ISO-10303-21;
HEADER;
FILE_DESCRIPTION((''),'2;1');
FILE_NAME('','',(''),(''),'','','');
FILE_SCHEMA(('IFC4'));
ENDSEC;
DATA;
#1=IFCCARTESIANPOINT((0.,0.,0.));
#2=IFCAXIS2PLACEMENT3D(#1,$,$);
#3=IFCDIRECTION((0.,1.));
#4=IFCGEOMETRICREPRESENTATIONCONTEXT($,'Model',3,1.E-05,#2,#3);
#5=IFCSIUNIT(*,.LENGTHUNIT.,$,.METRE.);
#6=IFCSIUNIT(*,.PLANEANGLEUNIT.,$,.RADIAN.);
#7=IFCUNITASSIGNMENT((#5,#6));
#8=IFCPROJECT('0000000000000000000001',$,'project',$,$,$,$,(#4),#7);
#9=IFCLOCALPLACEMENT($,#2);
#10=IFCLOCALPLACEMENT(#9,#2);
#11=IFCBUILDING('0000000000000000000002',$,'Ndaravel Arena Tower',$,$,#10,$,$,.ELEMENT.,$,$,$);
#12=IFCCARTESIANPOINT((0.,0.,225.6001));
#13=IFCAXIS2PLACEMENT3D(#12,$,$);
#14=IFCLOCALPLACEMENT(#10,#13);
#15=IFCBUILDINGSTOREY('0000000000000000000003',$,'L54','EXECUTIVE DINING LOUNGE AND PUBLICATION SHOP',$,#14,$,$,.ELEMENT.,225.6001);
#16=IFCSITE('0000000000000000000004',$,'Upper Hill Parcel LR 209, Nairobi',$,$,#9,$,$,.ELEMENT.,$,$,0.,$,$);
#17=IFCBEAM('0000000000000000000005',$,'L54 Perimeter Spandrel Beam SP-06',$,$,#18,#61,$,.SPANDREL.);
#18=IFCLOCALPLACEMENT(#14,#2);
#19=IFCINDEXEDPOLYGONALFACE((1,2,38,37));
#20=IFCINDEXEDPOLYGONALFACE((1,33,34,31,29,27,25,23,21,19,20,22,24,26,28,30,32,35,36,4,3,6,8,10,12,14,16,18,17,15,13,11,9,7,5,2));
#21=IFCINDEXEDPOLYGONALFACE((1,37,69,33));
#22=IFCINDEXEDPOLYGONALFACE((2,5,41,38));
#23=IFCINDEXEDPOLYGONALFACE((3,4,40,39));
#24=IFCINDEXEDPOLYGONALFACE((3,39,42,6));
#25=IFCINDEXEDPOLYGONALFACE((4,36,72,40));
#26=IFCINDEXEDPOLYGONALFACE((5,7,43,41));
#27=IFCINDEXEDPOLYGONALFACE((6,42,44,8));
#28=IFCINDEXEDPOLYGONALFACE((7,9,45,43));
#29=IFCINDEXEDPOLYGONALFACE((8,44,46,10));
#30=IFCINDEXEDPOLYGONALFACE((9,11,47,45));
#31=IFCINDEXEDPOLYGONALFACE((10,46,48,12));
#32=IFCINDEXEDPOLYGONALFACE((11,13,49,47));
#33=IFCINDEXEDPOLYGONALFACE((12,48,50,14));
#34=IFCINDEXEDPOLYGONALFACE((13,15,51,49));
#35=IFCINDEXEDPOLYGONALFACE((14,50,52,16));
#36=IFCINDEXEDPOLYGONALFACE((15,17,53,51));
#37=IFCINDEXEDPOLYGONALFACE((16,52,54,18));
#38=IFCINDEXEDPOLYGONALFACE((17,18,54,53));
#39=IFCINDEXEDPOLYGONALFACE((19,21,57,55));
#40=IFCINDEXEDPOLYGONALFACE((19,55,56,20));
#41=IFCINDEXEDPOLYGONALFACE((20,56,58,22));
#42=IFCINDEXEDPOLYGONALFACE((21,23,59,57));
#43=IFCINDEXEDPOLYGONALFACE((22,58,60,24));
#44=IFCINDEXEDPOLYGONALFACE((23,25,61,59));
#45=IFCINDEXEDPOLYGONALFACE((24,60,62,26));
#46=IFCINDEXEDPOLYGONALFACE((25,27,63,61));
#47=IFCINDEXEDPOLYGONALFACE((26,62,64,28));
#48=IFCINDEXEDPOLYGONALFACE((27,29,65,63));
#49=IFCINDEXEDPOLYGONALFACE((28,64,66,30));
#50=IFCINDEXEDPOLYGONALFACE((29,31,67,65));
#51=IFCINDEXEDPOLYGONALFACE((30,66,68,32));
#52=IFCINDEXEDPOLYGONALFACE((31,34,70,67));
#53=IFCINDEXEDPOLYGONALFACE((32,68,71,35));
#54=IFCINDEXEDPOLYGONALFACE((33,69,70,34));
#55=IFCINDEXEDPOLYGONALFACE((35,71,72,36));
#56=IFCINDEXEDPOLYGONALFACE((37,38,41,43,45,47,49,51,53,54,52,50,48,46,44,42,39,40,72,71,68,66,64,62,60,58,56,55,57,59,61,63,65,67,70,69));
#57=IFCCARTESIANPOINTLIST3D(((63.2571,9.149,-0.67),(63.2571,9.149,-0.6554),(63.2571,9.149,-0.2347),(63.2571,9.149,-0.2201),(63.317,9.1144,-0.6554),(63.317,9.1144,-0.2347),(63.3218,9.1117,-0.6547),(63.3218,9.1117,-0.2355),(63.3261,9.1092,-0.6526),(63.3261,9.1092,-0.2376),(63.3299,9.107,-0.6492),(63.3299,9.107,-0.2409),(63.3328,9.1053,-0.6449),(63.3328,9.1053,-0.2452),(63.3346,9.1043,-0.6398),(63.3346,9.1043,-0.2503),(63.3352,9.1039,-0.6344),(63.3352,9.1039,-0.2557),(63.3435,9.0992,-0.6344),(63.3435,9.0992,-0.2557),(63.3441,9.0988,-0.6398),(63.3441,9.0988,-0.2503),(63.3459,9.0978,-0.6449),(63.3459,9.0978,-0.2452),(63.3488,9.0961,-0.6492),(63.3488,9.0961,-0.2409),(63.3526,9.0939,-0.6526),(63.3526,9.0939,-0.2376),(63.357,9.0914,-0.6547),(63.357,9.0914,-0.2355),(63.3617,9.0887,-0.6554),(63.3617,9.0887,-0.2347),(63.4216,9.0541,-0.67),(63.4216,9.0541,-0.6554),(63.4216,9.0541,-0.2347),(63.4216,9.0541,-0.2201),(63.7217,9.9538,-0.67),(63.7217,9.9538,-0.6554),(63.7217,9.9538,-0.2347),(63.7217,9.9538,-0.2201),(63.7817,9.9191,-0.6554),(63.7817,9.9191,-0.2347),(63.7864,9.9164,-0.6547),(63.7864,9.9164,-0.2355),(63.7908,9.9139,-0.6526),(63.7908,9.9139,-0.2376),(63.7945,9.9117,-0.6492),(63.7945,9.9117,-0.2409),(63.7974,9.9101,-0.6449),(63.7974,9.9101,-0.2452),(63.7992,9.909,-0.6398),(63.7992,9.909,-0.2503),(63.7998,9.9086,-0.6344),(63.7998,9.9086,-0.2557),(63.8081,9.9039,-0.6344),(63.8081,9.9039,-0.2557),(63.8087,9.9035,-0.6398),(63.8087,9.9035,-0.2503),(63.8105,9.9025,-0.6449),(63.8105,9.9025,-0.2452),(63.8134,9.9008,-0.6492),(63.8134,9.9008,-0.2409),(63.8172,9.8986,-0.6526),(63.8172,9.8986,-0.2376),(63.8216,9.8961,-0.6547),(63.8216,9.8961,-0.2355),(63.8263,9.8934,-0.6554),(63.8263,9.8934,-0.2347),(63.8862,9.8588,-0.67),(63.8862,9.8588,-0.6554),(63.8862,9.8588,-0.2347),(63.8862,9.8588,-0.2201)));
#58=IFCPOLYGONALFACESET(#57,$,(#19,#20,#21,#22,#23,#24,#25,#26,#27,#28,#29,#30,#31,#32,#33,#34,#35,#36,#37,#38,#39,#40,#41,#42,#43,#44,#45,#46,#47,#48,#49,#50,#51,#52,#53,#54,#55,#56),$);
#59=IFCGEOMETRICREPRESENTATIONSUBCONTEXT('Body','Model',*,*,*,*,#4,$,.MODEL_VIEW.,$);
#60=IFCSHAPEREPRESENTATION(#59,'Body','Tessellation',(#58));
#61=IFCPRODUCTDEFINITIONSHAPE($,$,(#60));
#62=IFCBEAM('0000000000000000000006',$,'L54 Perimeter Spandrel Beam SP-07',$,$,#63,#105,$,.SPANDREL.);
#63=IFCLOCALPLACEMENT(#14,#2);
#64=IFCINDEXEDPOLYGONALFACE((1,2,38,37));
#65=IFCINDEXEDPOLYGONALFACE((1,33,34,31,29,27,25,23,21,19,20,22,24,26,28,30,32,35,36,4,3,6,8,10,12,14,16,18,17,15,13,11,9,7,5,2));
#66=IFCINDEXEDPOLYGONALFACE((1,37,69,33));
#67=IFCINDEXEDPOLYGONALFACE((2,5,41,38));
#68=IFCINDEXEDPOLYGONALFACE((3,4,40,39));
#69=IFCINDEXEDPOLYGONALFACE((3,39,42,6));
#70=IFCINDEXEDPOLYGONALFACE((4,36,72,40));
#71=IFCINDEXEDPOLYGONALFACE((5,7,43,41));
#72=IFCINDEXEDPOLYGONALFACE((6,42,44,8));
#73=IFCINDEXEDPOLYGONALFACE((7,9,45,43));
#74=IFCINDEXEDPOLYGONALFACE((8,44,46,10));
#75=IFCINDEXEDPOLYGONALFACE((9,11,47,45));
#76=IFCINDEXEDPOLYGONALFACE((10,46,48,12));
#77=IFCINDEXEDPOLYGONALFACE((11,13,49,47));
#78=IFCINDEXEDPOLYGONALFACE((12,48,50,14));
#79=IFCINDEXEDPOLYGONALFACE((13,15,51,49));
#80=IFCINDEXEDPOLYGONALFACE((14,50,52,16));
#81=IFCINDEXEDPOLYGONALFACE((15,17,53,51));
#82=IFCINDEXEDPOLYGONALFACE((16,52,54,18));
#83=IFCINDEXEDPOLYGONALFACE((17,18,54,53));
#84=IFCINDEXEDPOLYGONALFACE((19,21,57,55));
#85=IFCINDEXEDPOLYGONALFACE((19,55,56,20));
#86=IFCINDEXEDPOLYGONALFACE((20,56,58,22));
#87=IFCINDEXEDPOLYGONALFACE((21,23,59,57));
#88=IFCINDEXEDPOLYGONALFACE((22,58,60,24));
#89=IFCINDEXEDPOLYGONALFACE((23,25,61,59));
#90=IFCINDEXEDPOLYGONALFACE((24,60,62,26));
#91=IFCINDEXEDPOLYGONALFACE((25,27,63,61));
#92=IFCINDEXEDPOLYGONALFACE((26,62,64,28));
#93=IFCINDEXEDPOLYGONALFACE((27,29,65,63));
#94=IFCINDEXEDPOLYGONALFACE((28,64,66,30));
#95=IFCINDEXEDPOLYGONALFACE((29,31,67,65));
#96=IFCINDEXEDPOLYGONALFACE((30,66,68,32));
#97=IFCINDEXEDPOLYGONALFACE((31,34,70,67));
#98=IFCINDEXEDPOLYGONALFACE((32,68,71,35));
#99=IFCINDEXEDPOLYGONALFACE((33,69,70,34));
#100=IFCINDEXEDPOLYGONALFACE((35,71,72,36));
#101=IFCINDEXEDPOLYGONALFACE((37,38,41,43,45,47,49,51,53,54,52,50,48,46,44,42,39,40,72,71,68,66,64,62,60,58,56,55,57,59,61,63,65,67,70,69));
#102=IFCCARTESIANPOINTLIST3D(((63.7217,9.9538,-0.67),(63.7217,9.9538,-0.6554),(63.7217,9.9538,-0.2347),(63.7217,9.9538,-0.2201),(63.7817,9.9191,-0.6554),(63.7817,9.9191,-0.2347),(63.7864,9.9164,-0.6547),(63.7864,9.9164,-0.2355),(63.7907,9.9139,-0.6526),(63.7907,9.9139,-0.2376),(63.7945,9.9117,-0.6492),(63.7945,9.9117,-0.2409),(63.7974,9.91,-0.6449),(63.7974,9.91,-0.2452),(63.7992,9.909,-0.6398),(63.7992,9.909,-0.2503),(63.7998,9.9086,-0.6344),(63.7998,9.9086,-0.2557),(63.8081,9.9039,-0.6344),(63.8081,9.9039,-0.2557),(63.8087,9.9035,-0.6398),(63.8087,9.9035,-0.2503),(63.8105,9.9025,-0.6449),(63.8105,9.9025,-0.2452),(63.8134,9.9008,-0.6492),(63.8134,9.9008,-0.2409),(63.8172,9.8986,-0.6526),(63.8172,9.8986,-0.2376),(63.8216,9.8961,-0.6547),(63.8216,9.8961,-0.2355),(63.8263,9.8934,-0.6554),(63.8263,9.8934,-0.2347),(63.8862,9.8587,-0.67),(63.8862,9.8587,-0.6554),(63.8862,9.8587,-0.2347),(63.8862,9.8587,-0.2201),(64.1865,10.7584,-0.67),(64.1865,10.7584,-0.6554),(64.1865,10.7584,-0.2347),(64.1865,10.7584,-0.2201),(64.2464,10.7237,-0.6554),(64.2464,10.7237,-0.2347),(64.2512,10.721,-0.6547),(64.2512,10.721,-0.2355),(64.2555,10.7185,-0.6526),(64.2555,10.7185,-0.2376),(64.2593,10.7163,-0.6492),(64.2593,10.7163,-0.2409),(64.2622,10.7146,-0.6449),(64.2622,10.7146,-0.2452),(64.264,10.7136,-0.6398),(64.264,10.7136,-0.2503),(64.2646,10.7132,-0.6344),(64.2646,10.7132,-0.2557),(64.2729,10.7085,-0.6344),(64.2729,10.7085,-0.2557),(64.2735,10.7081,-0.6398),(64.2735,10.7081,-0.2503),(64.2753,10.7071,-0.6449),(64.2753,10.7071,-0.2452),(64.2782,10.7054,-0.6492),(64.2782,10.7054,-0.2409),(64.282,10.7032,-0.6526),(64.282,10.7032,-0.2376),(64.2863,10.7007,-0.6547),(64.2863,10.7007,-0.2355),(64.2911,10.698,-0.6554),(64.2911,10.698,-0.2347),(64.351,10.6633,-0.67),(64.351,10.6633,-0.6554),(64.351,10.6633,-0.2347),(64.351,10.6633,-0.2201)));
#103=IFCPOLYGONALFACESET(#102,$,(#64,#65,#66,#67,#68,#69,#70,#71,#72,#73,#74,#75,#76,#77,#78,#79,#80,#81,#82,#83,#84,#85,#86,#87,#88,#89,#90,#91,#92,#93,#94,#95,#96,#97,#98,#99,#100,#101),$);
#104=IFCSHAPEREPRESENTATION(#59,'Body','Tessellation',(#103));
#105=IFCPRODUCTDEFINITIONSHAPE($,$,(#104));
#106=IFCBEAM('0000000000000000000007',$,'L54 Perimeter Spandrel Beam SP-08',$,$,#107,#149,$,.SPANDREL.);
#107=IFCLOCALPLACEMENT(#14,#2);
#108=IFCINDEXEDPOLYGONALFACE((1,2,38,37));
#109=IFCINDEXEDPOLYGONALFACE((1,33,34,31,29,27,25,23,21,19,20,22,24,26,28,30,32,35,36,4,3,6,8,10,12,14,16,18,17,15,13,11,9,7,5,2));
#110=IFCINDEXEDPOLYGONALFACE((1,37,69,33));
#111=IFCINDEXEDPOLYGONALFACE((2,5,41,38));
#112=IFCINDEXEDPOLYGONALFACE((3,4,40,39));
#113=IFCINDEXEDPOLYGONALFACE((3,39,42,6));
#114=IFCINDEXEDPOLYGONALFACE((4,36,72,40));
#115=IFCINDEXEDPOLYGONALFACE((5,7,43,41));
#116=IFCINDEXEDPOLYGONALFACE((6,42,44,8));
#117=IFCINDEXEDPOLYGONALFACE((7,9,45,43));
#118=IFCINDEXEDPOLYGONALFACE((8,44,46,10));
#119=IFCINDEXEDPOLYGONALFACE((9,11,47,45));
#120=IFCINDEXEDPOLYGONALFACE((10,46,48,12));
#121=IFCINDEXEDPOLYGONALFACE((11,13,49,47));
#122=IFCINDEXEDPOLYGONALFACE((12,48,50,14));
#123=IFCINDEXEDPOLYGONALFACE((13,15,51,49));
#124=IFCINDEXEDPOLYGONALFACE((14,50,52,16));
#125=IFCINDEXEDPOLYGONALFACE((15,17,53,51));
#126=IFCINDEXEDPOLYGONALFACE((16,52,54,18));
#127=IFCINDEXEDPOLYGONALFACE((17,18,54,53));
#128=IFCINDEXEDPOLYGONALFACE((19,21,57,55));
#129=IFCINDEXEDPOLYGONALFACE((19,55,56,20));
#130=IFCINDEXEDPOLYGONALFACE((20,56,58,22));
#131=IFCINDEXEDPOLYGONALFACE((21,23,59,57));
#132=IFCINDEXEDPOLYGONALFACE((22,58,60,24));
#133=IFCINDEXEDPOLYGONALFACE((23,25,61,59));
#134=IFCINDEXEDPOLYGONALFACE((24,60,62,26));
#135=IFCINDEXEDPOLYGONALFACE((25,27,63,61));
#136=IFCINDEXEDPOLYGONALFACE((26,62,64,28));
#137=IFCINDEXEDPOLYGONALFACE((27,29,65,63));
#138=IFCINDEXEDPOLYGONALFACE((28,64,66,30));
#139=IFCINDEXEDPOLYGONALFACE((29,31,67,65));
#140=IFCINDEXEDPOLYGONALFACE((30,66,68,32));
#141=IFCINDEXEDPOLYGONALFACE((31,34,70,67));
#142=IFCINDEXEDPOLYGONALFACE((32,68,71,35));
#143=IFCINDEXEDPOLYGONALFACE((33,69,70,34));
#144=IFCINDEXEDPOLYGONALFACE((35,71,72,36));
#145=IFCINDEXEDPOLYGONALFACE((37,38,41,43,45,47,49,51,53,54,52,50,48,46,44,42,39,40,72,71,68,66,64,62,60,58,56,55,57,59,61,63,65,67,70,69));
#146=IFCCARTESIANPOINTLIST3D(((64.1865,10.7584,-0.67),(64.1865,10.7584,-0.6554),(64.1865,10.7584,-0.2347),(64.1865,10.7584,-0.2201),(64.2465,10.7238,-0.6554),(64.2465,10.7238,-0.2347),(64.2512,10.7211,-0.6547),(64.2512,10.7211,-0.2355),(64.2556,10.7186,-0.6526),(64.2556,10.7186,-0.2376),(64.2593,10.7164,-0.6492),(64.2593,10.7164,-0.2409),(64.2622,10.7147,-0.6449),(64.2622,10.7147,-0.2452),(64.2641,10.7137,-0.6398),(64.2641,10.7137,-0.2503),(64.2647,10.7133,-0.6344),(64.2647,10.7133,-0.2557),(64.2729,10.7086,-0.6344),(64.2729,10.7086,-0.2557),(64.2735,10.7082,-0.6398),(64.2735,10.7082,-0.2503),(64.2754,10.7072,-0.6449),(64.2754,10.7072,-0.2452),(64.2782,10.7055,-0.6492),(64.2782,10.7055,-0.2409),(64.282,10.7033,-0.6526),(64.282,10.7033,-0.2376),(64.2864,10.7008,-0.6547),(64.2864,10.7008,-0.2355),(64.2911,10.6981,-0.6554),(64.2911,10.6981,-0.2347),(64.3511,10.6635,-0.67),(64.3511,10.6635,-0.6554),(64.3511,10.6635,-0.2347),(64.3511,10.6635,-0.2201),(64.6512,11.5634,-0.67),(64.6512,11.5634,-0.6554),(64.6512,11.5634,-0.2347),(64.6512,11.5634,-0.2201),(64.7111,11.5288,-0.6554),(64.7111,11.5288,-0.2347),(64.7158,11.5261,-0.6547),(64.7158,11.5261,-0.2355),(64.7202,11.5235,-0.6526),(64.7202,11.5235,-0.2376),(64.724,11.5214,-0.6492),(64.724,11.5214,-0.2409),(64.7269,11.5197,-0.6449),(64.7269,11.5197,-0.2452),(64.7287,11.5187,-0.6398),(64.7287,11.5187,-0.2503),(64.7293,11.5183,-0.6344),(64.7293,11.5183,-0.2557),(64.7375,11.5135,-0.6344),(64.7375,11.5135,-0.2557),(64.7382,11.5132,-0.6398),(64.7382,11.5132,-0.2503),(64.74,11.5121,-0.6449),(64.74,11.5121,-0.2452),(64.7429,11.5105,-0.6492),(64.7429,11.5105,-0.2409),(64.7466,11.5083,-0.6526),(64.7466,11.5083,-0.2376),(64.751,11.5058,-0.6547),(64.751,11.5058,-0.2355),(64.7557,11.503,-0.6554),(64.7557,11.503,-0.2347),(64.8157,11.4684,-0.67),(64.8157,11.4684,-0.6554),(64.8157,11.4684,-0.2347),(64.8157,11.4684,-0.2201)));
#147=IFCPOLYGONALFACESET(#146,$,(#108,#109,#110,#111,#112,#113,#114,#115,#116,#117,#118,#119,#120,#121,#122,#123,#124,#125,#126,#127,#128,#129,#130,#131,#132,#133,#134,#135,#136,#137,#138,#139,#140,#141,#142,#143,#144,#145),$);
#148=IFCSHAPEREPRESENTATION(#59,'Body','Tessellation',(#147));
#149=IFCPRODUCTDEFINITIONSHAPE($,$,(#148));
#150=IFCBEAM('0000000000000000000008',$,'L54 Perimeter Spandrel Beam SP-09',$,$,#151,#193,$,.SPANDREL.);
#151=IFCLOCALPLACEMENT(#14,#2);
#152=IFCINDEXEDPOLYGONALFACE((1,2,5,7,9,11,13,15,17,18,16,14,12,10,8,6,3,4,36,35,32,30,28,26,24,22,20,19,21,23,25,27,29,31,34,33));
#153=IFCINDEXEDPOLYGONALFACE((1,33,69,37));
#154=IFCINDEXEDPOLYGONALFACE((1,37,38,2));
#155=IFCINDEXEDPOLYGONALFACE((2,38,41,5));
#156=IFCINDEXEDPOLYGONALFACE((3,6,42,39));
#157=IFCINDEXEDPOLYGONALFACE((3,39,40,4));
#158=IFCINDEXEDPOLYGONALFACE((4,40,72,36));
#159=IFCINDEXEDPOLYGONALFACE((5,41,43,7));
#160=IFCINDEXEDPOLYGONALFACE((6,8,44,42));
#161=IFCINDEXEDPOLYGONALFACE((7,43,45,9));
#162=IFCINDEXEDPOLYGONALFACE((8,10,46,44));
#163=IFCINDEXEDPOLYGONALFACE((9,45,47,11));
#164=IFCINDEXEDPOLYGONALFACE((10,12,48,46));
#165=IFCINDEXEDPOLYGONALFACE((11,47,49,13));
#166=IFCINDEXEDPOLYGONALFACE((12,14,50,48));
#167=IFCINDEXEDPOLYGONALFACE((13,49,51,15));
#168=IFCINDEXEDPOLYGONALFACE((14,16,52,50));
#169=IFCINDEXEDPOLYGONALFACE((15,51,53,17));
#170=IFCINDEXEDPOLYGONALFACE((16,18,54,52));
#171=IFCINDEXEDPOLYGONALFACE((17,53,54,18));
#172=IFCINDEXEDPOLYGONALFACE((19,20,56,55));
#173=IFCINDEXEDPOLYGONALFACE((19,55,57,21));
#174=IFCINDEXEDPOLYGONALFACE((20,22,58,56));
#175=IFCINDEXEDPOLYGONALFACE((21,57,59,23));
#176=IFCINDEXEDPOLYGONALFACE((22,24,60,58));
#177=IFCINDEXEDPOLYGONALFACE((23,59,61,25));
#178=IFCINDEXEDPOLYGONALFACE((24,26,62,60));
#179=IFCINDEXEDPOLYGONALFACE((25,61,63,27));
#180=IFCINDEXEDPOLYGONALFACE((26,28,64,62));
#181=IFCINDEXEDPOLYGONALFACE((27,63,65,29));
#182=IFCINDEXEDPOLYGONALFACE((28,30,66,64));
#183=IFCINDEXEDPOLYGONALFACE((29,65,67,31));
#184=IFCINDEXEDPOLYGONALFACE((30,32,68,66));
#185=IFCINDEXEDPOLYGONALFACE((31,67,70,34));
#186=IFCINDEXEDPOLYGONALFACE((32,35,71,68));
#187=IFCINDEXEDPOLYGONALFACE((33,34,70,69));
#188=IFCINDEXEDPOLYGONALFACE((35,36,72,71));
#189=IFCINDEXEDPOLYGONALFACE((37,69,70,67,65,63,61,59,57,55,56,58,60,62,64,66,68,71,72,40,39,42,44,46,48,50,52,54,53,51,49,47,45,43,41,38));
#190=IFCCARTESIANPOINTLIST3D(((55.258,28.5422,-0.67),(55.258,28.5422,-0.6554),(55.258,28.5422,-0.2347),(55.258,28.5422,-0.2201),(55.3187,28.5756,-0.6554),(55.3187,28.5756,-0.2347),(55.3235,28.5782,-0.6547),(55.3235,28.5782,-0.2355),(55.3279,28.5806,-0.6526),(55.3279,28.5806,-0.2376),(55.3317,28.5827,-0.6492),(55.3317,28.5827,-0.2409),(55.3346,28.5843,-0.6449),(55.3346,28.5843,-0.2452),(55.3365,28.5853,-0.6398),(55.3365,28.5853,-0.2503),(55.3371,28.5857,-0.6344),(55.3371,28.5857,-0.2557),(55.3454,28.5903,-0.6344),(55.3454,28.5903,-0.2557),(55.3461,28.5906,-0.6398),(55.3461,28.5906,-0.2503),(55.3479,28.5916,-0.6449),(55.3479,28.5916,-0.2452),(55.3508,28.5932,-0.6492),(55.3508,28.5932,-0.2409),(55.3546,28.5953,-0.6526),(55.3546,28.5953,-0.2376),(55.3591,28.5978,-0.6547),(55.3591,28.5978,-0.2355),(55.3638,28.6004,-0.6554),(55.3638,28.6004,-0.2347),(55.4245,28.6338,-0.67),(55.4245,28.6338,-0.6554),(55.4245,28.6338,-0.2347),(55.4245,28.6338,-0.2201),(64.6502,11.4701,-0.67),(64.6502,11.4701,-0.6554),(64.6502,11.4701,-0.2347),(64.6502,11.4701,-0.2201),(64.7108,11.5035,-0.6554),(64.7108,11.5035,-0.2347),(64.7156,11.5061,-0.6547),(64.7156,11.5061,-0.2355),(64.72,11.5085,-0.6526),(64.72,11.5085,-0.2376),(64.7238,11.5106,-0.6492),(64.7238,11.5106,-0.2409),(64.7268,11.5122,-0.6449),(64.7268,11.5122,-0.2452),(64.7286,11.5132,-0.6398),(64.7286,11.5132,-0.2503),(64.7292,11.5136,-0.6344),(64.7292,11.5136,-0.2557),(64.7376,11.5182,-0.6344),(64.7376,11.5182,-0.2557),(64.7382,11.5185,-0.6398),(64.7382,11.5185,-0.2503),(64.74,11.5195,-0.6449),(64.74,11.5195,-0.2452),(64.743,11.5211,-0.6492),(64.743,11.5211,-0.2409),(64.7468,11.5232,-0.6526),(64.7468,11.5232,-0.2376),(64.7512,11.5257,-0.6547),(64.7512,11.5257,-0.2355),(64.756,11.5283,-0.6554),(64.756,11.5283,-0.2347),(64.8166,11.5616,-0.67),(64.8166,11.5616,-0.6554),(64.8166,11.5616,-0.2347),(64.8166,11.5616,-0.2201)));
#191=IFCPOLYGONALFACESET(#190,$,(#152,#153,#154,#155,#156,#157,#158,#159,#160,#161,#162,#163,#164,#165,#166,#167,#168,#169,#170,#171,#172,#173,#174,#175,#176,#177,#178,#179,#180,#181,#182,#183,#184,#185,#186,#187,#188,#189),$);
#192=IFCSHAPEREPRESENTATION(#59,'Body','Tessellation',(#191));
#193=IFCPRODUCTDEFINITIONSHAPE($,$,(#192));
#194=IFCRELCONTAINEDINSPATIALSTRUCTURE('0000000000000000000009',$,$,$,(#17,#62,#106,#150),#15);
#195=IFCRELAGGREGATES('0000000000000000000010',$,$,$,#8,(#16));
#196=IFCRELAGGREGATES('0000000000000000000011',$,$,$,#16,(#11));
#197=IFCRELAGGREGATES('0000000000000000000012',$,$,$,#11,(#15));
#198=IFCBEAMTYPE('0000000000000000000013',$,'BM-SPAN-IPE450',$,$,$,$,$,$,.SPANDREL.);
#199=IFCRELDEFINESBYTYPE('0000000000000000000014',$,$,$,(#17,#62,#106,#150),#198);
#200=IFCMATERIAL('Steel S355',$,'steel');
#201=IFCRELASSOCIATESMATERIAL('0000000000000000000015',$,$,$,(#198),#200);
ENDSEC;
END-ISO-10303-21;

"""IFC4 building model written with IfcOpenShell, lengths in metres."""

from ifc_helpers import new_model, si_unit, direction, frame, origin, origin_2d, place, context, subcontext, project, spatial, i_section, extrude, material, material_profile, profile_set, type_object, element, save


model = new_model("IFC4")

# Units and contexts
model_context = context("Model", 3, precision=1e-05, world=origin(), true_north=direction((0.0, 1.0)))
body_context = subcontext(model_context, "Body", "Model", "MODEL_VIEW")
ifc_project = project(units=[si_unit("LENGTHUNIT", "METRE"), si_unit("PLANEANGLEUNIT", "RADIAN")], contexts=[model_context])

# Site, building, storey
site_placement = place(None, origin())
site = spatial("IfcSite", under=ifc_project, at=site_placement, Name="Upper Hill Parcel LR 209, Nairobi", CompositionType="ELEMENT", RefElevation=0.0)
building_placement = place(site_placement, origin())
building = spatial("IfcBuilding", under=site, at=building_placement, Name="Ndaravel Arena Tower", CompositionType="ELEMENT")
storey_placement = place(building_placement, frame((0.0, 0.0, 225.6001)))
storey = spatial("IfcBuildingStorey", under=building, at=storey_placement, Name="L54", Description="EXECUTIVE DINING LOUNGE AND PUBLICATION SHOP", CompositionType="ELEMENT", Elevation=225.6001)

# Beams
ifc_material_1 = material(Name="Steel S355", Category="steel")
ifc_material_profile_1 = material_profile(ifc_material_1, i_section(OverallWidth=0.1899, OverallDepth=0.45, WebThickness=0.0095, FlangeThickness=0.0146, FilletRadius=0.021, at=origin_2d()), Name="IPE 450")
ifc_profile_set_1 = profile_set([ifc_material_profile_1], Name="Steel S355")
beam_type = type_object("IfcBeamType", Name="BM-SPAN-IPE450", PredefinedType="SPANDREL", material=ifc_profile_set_1)
for number, where, z_axis, x_axis, name in (
    (1, (63.3394, 9.1016, -0.4451), (0.500011, 0.866019, 0.0), (-0.866019, 0.500011, 0.0), "L54 Perimeter Spandrel Beam SP-06"),
    (2, (63.804, 9.9062, -0.4451), (0.500208, 0.865906, 0.0), (-0.865906, 0.500208, 0.0), "L54 Perimeter Spandrel Beam SP-07"),
):
    element("IfcBeam", number, at=place(storey_placement, frame(where, z_axis=z_axis, x_axis=x_axis)), inside=storey, type_object=beam_type, Name=name, PredefinedType="SPANDREL", context=body_context, shape_type="SweptSolid", body=[
        extrude(i_section(OverallWidth=0.1899, OverallDepth=0.45, WebThickness=0.0095, FlangeThickness=0.0146, FilletRadius=0.021, at=origin_2d()), origin(), (0.0, 0.0, 1.0), 0.9292),
    ])
beam_1_placement = place(storey_placement, frame((64.2688, 10.7109, -0.4451), z_axis=(0.499897, 0.866085, 0.0), x_axis=(-0.866085, 0.499897, 0.0)))
element("IfcBeam", 3, at=beam_1_placement, inside=storey, type_object=beam_type, Name="L54 Perimeter Spandrel Beam SP-08", PredefinedType="SPANDREL", context=body_context, shape_type="SweptSolid", body=[
    extrude(i_section(OverallWidth=0.1899, OverallDepth=0.45, WebThickness=0.0095, FlangeThickness=0.0146, FilletRadius=0.021, at=origin_2d()), origin(), (0.0, 0.0, 1.0), 0.9294),
])
beam_2_placement = place(storey_placement, frame((64.7334, 11.5159, -0.4451), z_axis=(-0.482016, 0.876162, 0.0), x_axis=(-0.876162, -0.482016, 0.0)))
element("IfcBeam", 4, at=beam_2_placement, inside=storey, type_object=beam_type, Name="L54 Perimeter Spandrel Beam SP-09", PredefinedType="SPANDREL", context=body_context, shape_type="SweptSolid", body=[
    extrude(i_section(OverallWidth=0.1899, OverallDepth=0.45, WebThickness=0.0095, FlangeThickness=0.0146, FilletRadius=0.021, at=origin_2d()), origin(), (0.0, 0.0, 1.0), 19.4851),
])

save(model, "model.ifc")
